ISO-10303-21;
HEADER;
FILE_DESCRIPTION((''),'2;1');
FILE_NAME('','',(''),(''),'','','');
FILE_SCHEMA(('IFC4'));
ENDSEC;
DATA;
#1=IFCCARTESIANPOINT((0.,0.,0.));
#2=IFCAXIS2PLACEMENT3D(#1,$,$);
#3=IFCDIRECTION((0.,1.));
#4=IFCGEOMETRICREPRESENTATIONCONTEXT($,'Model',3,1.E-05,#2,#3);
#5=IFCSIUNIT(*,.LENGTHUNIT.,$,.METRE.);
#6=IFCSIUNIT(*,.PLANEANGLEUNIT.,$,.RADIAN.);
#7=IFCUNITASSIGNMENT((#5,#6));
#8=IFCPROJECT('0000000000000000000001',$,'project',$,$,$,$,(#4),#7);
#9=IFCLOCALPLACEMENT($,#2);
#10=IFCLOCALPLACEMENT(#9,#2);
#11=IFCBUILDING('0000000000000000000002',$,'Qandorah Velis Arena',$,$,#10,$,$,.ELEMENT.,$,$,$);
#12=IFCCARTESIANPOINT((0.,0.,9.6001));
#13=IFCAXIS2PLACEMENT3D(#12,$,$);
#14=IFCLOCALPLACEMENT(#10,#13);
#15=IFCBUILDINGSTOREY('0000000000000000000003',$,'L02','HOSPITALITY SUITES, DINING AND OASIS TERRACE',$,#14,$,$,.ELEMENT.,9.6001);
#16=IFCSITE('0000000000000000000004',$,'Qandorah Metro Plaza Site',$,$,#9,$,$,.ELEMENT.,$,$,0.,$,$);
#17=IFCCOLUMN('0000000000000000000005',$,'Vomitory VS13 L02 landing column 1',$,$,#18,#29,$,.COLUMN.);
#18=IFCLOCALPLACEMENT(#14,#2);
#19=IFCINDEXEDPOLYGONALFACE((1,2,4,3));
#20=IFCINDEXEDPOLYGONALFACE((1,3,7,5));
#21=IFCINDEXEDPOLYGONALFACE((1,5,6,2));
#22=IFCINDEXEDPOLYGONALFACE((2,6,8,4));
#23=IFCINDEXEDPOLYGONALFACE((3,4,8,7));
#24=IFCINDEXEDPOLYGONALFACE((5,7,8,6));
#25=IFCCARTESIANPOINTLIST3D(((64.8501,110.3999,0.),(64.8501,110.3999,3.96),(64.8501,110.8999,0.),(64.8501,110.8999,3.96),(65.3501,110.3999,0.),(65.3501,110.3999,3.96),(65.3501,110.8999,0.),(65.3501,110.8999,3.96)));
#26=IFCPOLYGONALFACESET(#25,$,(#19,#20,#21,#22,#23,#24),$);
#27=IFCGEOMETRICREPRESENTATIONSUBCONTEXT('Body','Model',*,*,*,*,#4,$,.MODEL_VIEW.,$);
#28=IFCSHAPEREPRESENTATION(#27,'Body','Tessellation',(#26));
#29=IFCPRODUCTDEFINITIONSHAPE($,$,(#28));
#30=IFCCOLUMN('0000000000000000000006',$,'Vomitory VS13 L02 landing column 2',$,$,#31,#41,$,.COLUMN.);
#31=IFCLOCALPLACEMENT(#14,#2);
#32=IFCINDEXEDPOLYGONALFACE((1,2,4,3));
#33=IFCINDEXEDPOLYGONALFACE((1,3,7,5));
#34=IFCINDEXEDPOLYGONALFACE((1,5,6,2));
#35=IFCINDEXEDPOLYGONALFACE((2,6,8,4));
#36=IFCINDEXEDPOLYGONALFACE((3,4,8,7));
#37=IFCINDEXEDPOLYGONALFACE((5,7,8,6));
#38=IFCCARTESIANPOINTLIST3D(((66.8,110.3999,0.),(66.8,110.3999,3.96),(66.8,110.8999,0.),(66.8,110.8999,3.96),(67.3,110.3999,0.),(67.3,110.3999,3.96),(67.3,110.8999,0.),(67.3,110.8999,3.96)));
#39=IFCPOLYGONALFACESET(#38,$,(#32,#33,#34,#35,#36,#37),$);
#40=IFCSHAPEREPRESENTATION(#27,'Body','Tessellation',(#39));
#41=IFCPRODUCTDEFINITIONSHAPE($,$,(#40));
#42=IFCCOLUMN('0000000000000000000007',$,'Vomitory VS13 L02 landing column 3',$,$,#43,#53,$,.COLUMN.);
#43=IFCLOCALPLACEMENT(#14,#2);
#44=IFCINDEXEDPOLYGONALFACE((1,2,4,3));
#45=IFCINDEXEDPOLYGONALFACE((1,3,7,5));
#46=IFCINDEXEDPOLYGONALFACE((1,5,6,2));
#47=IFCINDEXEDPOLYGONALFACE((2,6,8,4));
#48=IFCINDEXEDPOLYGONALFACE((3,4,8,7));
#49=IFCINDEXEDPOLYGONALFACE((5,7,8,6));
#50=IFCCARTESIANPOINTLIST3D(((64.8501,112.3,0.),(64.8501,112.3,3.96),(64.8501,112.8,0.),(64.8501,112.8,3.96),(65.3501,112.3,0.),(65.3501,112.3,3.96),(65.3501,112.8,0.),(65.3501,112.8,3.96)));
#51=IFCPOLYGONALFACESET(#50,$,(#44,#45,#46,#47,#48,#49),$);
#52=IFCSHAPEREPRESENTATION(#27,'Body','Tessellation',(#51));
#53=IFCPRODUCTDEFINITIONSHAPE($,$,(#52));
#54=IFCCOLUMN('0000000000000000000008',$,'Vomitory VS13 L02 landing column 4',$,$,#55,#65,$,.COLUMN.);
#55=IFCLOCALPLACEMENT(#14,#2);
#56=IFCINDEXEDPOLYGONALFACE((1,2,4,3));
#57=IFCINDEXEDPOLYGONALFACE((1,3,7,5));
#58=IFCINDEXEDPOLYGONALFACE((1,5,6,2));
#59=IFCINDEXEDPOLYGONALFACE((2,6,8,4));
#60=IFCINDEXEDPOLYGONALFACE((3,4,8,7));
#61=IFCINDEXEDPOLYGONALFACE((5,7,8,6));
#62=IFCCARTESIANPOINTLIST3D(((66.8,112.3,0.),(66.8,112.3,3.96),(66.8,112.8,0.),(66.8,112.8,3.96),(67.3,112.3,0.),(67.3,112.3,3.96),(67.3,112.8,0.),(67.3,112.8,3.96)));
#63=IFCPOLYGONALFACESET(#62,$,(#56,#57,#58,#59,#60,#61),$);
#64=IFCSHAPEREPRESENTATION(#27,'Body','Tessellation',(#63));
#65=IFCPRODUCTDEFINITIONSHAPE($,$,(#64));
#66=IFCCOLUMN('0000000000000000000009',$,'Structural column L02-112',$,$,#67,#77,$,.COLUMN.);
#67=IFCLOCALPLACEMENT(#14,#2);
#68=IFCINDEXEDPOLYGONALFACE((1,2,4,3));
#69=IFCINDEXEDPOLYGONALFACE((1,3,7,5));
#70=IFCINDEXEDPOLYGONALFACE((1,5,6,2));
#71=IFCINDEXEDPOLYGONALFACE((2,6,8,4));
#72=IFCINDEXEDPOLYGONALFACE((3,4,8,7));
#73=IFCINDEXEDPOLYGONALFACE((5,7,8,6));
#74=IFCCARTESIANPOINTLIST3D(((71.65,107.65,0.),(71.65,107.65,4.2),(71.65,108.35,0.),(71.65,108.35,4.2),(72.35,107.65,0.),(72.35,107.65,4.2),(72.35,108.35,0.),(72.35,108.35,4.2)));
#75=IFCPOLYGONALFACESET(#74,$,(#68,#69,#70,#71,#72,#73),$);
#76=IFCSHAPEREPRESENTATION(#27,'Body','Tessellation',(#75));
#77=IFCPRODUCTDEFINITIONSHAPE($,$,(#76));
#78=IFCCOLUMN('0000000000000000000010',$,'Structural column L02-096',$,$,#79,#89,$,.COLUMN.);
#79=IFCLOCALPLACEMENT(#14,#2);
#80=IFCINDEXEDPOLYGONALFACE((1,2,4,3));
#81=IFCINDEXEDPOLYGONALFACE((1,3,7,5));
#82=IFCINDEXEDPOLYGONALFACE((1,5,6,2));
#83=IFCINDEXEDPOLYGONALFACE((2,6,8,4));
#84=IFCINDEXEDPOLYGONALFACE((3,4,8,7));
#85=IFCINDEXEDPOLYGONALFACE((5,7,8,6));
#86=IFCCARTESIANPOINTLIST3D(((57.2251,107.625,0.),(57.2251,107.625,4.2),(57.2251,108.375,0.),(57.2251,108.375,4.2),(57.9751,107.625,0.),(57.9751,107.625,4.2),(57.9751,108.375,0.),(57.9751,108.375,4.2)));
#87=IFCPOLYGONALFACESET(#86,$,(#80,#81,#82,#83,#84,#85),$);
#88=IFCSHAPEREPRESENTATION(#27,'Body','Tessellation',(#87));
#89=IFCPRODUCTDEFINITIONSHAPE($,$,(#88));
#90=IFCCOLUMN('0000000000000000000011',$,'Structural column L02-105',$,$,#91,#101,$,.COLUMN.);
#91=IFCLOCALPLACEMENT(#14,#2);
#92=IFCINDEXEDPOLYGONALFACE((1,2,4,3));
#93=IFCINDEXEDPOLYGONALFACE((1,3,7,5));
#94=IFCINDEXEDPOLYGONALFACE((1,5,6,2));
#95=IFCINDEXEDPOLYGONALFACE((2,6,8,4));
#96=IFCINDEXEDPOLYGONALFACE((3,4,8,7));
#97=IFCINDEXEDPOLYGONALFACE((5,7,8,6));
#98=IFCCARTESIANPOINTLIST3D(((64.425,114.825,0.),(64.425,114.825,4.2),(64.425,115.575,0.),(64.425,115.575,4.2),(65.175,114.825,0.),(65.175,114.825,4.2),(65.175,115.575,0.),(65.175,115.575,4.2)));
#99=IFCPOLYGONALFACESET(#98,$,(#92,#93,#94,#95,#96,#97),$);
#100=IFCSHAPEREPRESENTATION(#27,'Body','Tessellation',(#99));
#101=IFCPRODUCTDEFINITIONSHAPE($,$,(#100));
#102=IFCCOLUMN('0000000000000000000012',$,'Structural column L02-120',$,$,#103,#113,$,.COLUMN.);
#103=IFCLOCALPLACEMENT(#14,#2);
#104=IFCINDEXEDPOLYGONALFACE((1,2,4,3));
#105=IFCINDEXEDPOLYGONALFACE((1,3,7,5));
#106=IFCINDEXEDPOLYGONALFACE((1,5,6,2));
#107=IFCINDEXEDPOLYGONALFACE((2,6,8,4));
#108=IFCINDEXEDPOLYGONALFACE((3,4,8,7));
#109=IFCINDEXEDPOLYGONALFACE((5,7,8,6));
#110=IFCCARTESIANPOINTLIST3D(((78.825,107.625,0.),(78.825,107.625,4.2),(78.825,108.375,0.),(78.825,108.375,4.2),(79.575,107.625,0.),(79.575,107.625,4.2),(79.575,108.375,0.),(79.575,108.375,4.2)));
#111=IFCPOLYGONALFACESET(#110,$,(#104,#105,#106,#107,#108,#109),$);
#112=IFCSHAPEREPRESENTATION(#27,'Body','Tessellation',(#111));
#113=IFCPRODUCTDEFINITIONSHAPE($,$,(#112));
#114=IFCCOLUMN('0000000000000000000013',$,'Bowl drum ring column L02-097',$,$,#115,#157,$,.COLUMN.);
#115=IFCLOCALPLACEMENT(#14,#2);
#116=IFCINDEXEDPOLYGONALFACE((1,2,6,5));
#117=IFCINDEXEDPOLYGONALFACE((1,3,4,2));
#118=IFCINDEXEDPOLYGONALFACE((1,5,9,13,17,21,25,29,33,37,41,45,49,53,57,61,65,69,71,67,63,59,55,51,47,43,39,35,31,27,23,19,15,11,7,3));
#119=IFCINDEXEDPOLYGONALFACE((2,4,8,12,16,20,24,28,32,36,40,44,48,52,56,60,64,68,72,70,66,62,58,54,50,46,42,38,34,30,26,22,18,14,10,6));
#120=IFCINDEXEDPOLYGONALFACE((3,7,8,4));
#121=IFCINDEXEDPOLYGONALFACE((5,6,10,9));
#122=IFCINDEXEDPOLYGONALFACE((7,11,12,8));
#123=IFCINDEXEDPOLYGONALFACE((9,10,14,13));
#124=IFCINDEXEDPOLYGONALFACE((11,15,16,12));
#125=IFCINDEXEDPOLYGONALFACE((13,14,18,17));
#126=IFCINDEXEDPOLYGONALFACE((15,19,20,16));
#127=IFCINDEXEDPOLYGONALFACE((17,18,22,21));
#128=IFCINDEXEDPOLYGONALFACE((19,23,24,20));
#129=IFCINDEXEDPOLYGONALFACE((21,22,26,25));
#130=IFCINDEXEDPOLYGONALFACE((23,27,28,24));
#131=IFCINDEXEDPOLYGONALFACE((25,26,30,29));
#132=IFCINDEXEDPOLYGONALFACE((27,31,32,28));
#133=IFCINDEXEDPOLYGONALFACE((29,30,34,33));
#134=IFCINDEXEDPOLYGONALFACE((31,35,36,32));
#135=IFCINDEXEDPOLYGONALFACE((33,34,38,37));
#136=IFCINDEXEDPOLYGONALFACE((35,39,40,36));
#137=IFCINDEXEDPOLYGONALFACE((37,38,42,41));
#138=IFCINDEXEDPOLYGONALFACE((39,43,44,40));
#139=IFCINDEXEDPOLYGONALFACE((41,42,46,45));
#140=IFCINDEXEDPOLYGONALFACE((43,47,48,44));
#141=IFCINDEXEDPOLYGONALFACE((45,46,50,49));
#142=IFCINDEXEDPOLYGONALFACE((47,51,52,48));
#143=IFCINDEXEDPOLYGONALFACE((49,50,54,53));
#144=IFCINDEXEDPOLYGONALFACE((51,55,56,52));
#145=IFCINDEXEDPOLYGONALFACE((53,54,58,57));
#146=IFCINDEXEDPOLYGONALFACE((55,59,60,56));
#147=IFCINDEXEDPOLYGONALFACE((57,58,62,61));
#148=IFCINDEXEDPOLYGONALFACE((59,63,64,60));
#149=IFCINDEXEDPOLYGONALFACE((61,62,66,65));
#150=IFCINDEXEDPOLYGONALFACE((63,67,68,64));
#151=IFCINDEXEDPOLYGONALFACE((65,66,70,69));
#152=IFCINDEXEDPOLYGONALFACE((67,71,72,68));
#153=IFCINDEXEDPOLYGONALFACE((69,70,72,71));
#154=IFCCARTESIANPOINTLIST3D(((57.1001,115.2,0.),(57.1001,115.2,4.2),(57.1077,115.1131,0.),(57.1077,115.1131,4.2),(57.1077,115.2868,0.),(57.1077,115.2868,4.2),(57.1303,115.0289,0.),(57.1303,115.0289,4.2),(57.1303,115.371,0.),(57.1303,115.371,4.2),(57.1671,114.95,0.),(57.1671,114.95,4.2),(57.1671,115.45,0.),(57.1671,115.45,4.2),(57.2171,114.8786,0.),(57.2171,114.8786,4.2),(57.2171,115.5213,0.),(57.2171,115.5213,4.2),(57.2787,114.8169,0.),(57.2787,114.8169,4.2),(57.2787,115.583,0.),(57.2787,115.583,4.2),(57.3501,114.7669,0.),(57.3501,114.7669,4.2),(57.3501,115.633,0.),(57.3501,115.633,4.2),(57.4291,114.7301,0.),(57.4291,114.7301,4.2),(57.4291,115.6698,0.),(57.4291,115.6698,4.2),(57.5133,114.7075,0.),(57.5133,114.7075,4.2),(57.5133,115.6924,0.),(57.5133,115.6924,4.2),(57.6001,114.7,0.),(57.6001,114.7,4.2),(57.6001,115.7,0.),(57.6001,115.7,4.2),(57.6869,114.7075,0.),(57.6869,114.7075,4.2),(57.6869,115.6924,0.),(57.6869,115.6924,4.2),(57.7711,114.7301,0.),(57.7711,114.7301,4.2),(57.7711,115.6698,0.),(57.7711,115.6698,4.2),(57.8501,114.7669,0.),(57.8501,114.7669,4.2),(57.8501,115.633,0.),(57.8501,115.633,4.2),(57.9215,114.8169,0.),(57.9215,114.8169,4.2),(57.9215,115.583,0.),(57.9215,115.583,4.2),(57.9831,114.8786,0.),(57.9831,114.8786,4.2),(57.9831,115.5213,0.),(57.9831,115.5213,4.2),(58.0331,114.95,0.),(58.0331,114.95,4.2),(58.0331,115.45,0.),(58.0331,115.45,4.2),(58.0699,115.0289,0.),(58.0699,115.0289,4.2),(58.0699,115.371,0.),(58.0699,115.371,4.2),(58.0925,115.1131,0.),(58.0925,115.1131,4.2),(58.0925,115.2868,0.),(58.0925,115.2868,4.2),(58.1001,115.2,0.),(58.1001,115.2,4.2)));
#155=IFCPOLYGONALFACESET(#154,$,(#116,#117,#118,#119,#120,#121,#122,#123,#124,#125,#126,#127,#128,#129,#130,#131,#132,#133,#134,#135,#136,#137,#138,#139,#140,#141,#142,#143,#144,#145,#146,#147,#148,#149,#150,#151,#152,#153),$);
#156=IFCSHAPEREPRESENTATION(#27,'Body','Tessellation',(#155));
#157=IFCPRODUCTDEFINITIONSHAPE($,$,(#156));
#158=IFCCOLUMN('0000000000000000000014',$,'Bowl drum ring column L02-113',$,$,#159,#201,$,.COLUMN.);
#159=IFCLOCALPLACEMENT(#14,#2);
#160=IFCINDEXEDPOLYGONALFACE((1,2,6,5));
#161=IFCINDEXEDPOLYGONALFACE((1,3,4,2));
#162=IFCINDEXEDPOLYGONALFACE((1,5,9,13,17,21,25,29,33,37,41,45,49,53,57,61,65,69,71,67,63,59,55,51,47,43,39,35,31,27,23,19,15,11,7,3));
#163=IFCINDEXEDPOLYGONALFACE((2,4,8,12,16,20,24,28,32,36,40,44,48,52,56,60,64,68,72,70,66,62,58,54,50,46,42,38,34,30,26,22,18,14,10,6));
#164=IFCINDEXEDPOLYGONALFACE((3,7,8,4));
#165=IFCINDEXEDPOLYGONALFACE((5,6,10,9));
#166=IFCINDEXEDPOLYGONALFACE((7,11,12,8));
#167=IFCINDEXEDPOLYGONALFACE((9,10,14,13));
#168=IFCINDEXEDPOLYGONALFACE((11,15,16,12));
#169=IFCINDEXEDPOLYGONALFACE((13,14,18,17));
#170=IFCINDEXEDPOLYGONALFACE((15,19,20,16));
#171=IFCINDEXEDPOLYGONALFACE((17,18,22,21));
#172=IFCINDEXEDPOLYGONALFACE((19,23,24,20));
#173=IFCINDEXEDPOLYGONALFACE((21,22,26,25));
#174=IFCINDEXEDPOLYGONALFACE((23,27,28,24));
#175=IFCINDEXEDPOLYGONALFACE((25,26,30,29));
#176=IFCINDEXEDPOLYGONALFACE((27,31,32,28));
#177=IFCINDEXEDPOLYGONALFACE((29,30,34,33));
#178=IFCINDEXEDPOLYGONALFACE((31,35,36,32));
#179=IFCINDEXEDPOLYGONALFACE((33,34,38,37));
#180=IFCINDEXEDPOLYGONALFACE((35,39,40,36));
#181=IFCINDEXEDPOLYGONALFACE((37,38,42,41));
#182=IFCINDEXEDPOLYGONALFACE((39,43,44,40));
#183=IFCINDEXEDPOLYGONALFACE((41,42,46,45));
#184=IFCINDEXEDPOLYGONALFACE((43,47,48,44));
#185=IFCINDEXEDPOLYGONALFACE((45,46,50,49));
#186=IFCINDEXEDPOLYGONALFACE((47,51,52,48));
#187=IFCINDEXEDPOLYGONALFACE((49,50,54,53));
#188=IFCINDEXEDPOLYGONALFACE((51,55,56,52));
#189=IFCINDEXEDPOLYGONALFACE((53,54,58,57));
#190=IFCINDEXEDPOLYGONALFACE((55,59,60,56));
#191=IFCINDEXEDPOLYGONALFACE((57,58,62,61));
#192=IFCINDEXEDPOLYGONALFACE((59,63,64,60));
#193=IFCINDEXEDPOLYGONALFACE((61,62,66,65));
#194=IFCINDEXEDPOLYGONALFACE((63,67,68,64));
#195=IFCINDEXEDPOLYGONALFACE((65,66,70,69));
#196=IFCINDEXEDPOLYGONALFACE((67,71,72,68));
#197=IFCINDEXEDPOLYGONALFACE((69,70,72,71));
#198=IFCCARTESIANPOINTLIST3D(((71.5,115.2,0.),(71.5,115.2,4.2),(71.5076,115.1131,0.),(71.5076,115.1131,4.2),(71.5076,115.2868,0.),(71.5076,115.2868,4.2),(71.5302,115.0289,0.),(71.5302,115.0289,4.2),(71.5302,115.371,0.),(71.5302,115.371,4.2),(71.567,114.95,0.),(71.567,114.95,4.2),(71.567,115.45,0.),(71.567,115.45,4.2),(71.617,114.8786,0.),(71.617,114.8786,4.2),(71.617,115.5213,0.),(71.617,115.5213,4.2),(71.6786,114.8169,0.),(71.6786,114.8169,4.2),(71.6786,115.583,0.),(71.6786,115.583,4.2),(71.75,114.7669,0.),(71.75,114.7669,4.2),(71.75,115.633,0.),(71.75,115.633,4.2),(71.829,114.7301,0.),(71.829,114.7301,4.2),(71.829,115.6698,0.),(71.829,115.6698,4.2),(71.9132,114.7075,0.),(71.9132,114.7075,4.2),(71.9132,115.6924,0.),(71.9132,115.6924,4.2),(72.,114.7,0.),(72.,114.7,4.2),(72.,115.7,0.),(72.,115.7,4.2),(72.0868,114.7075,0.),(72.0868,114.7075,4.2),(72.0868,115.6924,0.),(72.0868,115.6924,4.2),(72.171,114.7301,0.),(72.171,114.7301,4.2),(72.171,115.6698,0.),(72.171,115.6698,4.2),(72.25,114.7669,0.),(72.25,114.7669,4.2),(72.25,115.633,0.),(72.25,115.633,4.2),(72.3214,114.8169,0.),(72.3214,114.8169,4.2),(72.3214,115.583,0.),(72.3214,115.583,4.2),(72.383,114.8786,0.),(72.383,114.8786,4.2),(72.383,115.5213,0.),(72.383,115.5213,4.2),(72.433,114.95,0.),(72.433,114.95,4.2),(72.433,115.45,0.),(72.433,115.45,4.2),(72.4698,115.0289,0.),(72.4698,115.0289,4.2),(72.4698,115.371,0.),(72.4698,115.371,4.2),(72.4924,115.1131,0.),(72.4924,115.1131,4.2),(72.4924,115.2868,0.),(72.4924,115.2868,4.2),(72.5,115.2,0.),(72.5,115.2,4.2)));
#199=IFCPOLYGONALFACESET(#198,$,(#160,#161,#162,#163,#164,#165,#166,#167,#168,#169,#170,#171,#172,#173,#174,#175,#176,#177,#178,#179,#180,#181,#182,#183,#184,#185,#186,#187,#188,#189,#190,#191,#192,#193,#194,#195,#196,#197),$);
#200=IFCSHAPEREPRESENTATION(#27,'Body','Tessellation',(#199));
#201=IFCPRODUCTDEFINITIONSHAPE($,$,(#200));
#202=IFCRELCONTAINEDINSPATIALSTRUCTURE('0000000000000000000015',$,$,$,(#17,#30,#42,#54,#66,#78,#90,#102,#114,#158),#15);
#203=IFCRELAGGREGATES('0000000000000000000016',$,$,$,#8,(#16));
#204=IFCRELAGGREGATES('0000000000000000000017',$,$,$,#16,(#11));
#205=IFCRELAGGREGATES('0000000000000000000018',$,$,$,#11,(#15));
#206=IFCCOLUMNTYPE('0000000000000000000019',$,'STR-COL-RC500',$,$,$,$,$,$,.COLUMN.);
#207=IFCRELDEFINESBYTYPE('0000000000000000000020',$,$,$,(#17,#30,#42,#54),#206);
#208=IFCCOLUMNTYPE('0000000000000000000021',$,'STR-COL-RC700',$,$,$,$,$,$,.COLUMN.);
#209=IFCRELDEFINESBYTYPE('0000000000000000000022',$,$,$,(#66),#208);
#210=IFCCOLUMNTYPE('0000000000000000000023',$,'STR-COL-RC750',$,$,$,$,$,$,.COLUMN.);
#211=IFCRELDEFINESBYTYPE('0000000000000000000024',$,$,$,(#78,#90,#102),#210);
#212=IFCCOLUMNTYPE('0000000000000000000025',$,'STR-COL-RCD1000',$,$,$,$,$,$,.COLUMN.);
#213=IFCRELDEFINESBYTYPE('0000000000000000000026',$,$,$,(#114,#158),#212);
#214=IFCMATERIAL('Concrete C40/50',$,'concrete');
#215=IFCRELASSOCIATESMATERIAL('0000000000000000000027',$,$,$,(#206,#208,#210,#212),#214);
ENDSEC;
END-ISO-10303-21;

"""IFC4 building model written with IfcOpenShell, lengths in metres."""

from ifc_helpers import new_model, si_unit, direction, frame, origin, origin_2d, place, context, subcontext, project, spatial, rectangle, circle, extrude, material, material_profile, profile_set, type_object, element, save


model = new_model("IFC4")

# Units and contexts
model_context = context("Model", 3, precision=1e-05, world=origin(), true_north=direction((0.0, 1.0)))
body_context = subcontext(model_context, "Body", "Model", "MODEL_VIEW")
ifc_project = project(units=[si_unit("LENGTHUNIT", "METRE"), si_unit("PLANEANGLEUNIT", "RADIAN")], contexts=[model_context])

# Site, building, storey
site_placement = place(None, origin())
site = spatial("IfcSite", under=ifc_project, at=site_placement, Name="Qandorah Metro Plaza Site", CompositionType="ELEMENT", RefElevation=0.0)
building_placement = place(site_placement, origin())
building = spatial("IfcBuilding", under=site, at=building_placement, Name="Qandorah Velis Arena", CompositionType="ELEMENT")
storey_placement = place(building_placement, frame((0.0, 0.0, 9.6001)))
storey = spatial("IfcBuildingStorey", under=building, at=storey_placement, Name="L02", Description="HOSPITALITY SUITES, DINING AND OASIS TERRACE", CompositionType="ELEMENT", Elevation=9.6001)

# Columns
ifc_material_1 = material(Name="Concrete C40/50", Category="concrete")
ifc_material_profile_1 = material_profile(ifc_material_1, rectangle(XDim=0.5, YDim=0.5, at=origin_2d()), Name="RC COL 500x500")
ifc_profile_set_1 = profile_set([ifc_material_profile_1], Name="Concrete C40/50")
column_type_1 = type_object("IfcColumnType", Name="STR-COL-RC500", PredefinedType="COLUMN", material=ifc_profile_set_1)
for number, where, z_axis, x_axis, name in (
    (1, (65.1001, 110.6499, 0.0), (0.0, 0.0, 1.0), (1.0, 0.0, 0.0), "Vomitory VS13 L02 landing column 1"),
    (2, (67.05, 110.6499, 0.0), (0.0, 0.0, 1.0), (1.0, 0.0, 0.0), "Vomitory VS13 L02 landing column 2"),
    (3, (65.1001, 112.55, 0.0), (0.0, 0.0, 1.0), (1.0, 0.0, 0.0), "Vomitory VS13 L02 landing column 3"),
    (4, (67.05, 112.55, 0.0), (0.0, 0.0, 1.0), (1.0, 0.0, 0.0), "Vomitory VS13 L02 landing column 4"),
):
    element("IfcColumn", number, at=place(storey_placement, frame(where, z_axis=z_axis, x_axis=x_axis)), inside=storey, type_object=column_type_1, Name=name, PredefinedType="COLUMN", context=body_context, shape_type="SweptSolid", body=[
        extrude(rectangle(XDim=0.5, YDim=0.5, at=origin_2d()), origin(), (0.0, 0.0, 1.0), 3.96),
    ])
ifc_material_profile_2 = material_profile(ifc_material_1, rectangle(XDim=0.7, YDim=0.7, at=origin_2d()), Name="RC COL 700x700")
ifc_profile_set_2 = profile_set([ifc_material_profile_2], Name="Concrete C40/50")
column_type_2 = type_object("IfcColumnType", Name="STR-COL-RC700", PredefinedType="COLUMN", material=ifc_profile_set_2)
column_1_placement = place(storey_placement, frame((72.0, 108.0, 0.0), z_axis=(0.0, 0.0, 1.0), x_axis=(1.0, 0.0, 0.0)))
element("IfcColumn", 5, at=column_1_placement, inside=storey, type_object=column_type_2, Name="Structural column L02-112", PredefinedType="COLUMN", context=body_context, shape_type="SweptSolid", body=[
    extrude(rectangle(XDim=0.7, YDim=0.7, at=origin_2d()), origin(), (0.0, 0.0, 1.0), 4.2),
])
ifc_material_profile_3 = material_profile(ifc_material_1, rectangle(XDim=0.75, YDim=0.75, at=origin_2d()), Name="RC COL 750x750")
ifc_profile_set_3 = profile_set([ifc_material_profile_3], Name="Concrete C40/50")
column_type_3 = type_object("IfcColumnType", Name="STR-COL-RC750", PredefinedType="COLUMN", material=ifc_profile_set_3)
for number, where, z_axis, x_axis, name in (
    (6, (57.6001, 108.0, 0.0), (0.0, 0.0, 1.0), (1.0, 0.0, 0.0), "Structural column L02-096"),
    (7, (64.8, 115.2, 0.0), (0.0, 0.0, 1.0), (1.0, 0.0, 0.0), "Structural column L02-105"),
    (8, (79.2, 108.0, 0.0), (0.0, 0.0, 1.0), (1.0, 0.0, 0.0), "Structural column L02-120"),
):
    element("IfcColumn", number, at=place(storey_placement, frame(where, z_axis=z_axis, x_axis=x_axis)), inside=storey, type_object=column_type_3, Name=name, PredefinedType="COLUMN", context=body_context, shape_type="SweptSolid", body=[
        extrude(rectangle(XDim=0.75, YDim=0.75, at=origin_2d()), origin(), (0.0, 0.0, 1.0), 4.2),
    ])
ifc_material_profile_4 = material_profile(ifc_material_1, circle(Radius=0.5, at=origin_2d()), Name="RC D1000")
ifc_profile_set_4 = profile_set([ifc_material_profile_4], Name="Concrete C40/50")
column_type_4 = type_object("IfcColumnType", Name="STR-COL-RCD1000", PredefinedType="COLUMN", material=ifc_profile_set_4)
for number, where, z_axis, x_axis, name in (
    (9, (57.6001, 115.2, 0.0), (0.0, 0.0, 1.0), (1.0, 0.0, 0.0), "Bowl drum ring column L02-097"),
    (10, (72.0, 115.2, 0.0), (0.0, 0.0, 1.0), (1.0, 0.0, 0.0), "Bowl drum ring column L02-113"),
):
    element("IfcColumn", number, at=place(storey_placement, frame(where, z_axis=z_axis, x_axis=x_axis)), inside=storey, type_object=column_type_4, Name=name, PredefinedType="COLUMN", context=body_context, shape_type="SweptSolid", body=[
        extrude(circle(Radius=0.5, at=origin_2d()), origin(), (0.0, 0.0, 1.0), 4.2),
    ])

save(model, "model.ifc")
